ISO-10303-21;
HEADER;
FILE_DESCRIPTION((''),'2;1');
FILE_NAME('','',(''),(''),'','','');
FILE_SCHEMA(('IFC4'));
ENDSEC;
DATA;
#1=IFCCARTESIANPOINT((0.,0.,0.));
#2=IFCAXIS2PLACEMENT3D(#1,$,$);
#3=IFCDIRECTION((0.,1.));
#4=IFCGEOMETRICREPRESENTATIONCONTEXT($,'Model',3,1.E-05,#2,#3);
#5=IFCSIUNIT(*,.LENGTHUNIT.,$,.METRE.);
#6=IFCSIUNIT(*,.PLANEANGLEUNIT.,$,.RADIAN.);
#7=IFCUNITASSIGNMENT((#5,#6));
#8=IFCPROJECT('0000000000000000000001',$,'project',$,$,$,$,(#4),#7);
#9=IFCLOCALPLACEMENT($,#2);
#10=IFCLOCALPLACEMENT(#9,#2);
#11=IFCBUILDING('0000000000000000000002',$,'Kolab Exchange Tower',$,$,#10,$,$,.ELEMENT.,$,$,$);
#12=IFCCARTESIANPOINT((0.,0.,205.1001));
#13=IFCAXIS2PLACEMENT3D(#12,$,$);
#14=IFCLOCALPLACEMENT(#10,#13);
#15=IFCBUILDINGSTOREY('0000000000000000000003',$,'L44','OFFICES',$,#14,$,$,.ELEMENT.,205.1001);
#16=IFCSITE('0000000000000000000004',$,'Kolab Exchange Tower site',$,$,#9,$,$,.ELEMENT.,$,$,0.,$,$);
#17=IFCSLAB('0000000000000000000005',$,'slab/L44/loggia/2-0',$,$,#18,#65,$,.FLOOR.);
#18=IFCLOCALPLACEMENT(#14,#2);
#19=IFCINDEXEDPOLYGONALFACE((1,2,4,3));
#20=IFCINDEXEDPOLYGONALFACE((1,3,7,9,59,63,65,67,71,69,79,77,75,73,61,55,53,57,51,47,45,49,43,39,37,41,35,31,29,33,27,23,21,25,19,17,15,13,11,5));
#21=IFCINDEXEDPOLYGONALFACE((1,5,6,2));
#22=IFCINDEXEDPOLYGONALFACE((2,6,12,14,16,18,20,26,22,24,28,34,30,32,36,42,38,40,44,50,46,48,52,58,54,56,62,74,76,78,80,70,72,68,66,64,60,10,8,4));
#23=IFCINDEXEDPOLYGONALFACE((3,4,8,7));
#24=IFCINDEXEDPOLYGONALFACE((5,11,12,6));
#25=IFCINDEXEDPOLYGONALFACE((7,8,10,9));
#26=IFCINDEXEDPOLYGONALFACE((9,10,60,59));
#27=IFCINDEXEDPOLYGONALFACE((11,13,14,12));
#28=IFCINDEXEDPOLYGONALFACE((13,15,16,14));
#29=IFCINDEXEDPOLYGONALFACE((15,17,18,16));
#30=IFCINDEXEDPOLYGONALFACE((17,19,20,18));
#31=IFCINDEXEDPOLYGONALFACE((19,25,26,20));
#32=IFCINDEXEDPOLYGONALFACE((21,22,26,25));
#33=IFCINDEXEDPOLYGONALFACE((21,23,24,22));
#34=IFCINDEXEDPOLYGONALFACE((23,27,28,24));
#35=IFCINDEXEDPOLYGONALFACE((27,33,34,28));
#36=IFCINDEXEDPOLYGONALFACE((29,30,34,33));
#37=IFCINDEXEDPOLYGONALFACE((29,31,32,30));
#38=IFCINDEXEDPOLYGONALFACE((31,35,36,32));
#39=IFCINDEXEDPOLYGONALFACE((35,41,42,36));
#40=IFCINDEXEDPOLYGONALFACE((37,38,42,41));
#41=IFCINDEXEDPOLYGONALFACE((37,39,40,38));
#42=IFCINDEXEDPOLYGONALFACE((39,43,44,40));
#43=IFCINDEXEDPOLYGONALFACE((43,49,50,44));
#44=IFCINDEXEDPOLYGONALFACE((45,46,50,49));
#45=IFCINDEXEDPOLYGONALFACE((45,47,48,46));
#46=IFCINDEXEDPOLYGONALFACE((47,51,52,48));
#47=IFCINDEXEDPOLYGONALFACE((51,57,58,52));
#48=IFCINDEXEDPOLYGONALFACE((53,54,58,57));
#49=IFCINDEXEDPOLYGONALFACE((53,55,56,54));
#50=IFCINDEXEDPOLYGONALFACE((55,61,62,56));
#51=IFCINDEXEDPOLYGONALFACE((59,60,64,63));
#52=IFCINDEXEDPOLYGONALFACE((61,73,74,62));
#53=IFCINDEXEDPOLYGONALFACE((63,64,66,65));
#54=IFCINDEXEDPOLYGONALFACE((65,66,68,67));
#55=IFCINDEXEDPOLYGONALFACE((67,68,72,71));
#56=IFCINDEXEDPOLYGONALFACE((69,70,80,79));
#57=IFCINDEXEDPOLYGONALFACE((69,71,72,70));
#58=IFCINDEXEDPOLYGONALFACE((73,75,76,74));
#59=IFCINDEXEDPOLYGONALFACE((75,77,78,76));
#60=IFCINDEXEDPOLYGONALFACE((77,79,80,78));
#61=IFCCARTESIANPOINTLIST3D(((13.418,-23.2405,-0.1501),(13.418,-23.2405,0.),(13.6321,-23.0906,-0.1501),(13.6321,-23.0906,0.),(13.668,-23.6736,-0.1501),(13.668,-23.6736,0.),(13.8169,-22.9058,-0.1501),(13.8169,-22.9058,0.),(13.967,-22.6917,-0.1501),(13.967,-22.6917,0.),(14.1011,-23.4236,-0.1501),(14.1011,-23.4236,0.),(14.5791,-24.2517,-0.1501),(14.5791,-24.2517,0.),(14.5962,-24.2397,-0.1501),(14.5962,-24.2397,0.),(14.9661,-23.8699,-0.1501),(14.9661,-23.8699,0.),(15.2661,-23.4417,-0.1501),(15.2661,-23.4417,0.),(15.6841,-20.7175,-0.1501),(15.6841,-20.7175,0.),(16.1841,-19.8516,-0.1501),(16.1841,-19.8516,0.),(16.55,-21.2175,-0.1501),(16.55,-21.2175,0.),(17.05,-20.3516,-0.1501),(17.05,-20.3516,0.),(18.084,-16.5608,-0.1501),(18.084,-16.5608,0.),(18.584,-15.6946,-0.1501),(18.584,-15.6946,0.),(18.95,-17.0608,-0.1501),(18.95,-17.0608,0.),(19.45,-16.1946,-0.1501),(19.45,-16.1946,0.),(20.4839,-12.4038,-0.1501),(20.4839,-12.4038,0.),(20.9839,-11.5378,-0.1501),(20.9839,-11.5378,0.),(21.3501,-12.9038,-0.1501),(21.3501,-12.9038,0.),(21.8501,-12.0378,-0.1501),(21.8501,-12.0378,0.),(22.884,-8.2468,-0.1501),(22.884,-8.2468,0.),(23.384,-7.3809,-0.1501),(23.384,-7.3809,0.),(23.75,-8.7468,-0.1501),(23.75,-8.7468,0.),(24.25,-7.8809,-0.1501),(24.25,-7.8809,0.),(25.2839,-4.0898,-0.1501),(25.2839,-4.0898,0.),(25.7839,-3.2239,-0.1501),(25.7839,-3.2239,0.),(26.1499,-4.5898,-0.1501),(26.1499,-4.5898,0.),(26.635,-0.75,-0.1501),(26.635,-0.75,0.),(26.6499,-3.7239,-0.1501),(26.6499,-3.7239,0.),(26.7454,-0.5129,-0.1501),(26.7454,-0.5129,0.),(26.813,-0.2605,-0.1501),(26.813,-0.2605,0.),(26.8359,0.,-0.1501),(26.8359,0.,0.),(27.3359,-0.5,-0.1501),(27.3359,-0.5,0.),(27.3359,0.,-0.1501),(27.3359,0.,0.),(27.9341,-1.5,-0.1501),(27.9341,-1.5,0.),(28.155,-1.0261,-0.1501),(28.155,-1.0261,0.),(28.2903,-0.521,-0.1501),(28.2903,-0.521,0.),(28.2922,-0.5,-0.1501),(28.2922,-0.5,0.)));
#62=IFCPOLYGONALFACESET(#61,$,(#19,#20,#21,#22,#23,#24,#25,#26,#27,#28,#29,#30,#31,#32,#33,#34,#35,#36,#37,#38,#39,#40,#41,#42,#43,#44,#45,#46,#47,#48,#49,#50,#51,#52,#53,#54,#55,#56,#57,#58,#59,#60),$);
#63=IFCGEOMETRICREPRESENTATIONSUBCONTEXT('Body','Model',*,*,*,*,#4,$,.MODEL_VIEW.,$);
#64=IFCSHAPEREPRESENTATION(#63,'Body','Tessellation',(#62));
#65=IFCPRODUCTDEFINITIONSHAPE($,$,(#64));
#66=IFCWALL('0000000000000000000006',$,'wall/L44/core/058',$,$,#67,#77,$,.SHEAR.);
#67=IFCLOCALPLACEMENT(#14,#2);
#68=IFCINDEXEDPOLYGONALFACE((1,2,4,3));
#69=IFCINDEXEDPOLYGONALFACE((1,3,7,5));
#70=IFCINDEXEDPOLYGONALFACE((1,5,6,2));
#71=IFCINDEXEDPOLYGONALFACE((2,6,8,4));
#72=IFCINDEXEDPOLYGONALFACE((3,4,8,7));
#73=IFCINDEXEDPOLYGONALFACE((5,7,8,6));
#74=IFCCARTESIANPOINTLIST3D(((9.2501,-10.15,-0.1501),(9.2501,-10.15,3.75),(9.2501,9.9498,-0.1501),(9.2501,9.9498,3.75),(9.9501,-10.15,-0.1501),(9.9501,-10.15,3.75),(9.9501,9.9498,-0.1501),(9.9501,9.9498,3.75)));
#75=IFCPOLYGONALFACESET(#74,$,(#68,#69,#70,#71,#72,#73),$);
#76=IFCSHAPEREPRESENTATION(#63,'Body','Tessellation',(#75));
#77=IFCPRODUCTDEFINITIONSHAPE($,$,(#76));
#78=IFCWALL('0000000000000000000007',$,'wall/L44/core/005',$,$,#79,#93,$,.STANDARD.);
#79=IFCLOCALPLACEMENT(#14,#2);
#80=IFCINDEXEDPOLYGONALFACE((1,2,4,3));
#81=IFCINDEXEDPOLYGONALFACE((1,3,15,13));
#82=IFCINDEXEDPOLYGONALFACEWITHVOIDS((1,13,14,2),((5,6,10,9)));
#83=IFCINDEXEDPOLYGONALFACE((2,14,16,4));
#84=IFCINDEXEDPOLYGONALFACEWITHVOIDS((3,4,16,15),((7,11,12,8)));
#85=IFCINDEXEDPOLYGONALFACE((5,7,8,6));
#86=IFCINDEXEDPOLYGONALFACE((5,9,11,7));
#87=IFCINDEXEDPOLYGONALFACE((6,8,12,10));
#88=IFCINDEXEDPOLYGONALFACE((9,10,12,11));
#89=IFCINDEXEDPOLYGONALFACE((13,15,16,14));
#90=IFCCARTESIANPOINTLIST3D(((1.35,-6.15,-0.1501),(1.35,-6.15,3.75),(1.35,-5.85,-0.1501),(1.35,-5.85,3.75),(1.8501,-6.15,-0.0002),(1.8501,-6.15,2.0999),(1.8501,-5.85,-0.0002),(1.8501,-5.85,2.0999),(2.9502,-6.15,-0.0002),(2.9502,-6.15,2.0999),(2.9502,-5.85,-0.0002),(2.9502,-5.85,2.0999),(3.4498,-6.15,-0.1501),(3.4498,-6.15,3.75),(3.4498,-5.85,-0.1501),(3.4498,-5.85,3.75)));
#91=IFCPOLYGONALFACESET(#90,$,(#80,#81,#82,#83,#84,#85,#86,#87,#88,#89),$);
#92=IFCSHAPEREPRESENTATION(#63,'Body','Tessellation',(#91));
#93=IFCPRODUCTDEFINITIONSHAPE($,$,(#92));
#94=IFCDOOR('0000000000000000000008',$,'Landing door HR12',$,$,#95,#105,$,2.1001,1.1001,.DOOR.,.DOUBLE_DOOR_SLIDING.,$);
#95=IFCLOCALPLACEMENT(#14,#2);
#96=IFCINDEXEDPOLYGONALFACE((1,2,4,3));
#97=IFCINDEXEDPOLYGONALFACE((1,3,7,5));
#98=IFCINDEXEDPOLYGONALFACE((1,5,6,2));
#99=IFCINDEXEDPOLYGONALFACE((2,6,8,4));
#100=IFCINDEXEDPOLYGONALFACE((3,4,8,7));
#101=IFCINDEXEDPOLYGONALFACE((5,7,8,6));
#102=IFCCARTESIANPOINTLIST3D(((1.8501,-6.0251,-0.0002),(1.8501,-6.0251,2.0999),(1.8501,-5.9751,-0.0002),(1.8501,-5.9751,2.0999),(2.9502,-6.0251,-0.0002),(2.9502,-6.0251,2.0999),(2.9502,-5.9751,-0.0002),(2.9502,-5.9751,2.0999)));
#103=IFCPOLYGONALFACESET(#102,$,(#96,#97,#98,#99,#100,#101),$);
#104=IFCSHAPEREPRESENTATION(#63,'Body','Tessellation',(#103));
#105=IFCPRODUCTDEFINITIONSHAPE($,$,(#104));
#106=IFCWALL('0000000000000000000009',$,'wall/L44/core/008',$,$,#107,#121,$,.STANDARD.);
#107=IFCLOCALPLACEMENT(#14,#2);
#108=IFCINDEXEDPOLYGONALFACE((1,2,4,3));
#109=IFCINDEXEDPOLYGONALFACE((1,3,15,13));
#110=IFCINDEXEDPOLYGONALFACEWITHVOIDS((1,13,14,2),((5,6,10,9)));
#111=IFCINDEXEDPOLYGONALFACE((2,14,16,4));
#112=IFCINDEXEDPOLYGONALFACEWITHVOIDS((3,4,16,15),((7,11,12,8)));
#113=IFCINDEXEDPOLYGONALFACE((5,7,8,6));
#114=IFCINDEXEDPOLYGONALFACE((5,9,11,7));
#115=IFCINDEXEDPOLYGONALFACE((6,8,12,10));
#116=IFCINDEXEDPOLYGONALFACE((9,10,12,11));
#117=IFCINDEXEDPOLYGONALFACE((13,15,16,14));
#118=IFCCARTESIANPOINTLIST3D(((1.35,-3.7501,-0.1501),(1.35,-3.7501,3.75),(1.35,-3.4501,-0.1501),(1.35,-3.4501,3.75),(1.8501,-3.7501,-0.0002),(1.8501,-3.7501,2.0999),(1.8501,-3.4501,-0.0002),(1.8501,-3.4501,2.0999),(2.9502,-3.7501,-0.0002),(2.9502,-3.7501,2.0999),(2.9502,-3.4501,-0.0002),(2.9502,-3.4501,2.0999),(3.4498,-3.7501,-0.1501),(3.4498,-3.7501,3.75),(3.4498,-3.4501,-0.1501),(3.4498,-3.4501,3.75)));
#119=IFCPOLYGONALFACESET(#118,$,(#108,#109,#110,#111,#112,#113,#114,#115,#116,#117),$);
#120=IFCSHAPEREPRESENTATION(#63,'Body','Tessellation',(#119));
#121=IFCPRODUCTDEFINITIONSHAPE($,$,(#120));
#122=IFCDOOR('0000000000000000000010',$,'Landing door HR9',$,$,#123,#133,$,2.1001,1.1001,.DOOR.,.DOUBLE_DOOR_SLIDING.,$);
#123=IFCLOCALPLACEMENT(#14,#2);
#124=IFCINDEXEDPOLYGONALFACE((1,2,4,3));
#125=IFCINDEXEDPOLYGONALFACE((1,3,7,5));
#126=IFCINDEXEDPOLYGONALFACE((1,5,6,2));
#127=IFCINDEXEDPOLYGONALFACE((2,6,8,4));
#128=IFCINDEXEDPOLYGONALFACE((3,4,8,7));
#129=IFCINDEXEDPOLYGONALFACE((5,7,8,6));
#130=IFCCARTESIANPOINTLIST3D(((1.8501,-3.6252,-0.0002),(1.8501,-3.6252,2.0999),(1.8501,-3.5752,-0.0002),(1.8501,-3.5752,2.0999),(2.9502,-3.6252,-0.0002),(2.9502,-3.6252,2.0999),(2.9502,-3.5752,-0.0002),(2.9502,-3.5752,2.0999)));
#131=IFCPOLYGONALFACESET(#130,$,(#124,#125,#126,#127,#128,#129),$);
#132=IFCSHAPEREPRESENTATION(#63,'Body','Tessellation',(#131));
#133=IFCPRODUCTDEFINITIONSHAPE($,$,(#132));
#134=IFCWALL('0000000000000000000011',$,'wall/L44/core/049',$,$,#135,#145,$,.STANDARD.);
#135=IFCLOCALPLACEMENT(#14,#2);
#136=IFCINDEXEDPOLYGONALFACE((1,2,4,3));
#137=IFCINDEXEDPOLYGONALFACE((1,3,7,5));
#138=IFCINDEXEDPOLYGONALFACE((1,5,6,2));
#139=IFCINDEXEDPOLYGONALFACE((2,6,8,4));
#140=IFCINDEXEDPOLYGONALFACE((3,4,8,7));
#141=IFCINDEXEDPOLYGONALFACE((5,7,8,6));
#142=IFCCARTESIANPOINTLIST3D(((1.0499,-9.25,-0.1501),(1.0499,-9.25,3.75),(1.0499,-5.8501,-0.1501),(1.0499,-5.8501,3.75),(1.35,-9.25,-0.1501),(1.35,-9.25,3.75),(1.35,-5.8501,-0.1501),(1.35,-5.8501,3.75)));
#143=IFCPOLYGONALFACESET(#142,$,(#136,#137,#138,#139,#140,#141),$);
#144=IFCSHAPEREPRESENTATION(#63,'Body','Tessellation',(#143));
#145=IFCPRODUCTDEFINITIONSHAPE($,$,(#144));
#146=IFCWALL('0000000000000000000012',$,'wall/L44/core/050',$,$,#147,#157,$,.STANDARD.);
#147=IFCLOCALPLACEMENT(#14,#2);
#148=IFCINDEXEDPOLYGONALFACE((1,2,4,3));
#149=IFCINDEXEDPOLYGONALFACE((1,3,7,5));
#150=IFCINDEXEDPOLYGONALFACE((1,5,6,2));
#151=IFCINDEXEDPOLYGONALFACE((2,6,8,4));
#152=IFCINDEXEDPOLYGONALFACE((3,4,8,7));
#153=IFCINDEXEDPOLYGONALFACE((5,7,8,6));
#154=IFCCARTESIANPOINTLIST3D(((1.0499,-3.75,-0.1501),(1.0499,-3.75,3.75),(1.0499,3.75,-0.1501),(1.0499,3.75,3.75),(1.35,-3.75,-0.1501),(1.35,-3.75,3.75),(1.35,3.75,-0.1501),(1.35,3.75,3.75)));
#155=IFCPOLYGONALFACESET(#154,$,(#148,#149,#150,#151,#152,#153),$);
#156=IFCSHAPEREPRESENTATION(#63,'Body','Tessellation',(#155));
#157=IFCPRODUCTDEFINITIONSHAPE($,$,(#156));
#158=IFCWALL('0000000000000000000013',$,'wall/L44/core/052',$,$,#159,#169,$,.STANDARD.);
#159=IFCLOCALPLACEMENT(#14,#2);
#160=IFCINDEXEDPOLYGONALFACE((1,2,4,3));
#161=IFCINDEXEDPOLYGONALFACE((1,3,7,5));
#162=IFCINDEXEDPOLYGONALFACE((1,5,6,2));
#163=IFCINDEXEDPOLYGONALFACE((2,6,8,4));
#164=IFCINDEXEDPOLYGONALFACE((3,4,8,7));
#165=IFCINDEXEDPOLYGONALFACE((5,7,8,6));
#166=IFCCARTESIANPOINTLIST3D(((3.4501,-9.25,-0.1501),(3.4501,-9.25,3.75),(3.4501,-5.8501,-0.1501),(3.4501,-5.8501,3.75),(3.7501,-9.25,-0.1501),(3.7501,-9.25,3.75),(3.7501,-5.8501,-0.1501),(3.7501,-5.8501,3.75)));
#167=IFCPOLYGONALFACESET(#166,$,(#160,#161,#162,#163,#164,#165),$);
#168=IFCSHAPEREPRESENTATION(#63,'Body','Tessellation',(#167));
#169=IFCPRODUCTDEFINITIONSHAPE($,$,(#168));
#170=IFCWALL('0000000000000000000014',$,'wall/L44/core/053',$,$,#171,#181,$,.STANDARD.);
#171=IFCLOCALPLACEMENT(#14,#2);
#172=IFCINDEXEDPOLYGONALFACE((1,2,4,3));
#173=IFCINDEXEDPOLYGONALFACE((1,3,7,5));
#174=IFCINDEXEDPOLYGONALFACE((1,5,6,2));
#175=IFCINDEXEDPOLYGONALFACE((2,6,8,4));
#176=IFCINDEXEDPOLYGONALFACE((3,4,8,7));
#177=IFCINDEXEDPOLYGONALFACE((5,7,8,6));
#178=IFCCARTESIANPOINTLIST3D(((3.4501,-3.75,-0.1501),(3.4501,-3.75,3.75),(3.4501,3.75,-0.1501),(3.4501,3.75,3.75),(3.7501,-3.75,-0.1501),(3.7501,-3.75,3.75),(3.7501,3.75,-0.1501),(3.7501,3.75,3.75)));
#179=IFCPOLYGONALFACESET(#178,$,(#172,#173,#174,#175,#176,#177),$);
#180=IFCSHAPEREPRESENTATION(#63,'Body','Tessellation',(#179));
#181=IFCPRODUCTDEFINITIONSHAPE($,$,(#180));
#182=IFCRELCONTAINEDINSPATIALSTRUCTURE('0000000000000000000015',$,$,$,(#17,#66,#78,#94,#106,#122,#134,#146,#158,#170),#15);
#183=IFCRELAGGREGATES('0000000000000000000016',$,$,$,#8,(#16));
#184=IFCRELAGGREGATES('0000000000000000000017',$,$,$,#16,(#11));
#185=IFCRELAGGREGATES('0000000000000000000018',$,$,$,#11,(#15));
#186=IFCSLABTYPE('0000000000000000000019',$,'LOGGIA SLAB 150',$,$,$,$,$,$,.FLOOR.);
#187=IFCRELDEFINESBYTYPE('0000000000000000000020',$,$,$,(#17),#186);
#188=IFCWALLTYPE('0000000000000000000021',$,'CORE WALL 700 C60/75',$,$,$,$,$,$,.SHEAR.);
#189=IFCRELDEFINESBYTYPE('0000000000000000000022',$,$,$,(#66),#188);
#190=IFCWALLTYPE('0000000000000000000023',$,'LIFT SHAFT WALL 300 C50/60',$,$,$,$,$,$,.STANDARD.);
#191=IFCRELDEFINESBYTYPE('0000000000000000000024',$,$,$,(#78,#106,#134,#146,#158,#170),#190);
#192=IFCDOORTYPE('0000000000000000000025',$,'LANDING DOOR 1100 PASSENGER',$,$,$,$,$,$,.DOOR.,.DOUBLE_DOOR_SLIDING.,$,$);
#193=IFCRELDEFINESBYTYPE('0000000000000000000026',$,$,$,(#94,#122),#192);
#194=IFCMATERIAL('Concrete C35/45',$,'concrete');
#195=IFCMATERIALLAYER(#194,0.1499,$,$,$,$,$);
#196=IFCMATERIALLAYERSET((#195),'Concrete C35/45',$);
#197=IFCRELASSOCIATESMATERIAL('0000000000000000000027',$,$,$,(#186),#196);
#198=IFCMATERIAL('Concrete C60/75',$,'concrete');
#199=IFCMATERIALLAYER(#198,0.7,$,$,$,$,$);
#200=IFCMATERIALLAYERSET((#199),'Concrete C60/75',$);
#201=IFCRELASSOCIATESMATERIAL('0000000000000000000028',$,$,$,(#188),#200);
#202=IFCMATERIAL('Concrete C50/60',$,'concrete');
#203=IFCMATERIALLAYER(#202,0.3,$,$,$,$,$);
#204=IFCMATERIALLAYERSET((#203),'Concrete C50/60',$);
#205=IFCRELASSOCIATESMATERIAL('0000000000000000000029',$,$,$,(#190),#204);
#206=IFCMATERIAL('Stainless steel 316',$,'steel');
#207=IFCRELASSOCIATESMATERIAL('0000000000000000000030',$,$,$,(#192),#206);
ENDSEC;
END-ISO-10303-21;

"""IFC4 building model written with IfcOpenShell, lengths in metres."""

from ifc_helpers import new_model, si_unit, direction, frame, frame_2d, origin, place, context, subcontext, project, spatial, polyline, rectangle, outline, extrude, material, layer, layer_set, type_object, element, fill, save


model = new_model("IFC4")

# Units and contexts
model_context = context("Model", 3, precision=1e-05, world=origin(), true_north=direction((0.0, 1.0)))
body_context = subcontext(model_context, "Body", "Model", "MODEL_VIEW")
ifc_project = project(units=[si_unit("LENGTHUNIT", "METRE"), si_unit("PLANEANGLEUNIT", "RADIAN")], contexts=[model_context])

# Site, building, storey
site_placement = place(None, origin())
site = spatial("IfcSite", under=ifc_project, at=site_placement, Name="Kolab Exchange Tower site", CompositionType="ELEMENT", RefElevation=0.0)
building_placement = place(site_placement, origin())
building = spatial("IfcBuilding", under=site, at=building_placement, Name="Kolab Exchange Tower", CompositionType="ELEMENT")
storey_placement = place(building_placement, frame((0.0, 0.0, 205.1001)))
storey = spatial("IfcBuildingStorey", under=building, at=storey_placement, Name="L44", Description="OFFICES", CompositionType="ELEMENT", Elevation=205.1001)

# Slab
ifc_material_1 = material(Name="Concrete C35/45", Category="concrete")
ifc_layer_1 = layer(ifc_material_1, 0.1499)
ifc_layer_set_1 = layer_set([ifc_layer_1], Name="Concrete C35/45")
slab_type_1 = type_object("IfcSlabType", Name="LOGGIA SLAB 150", PredefinedType="FLOOR", material=ifc_layer_set_1)
slab_1_placement = place(storey_placement, frame((0.0, 0.0, -0.1501)))
element("IfcSlab", 1, at=slab_1_placement, inside=storey, type_object=slab_type_1, Name="slab/L44/loggia/2-0", PredefinedType="FLOOR", context=body_context, shape_type="SweptSolid", body=[
    extrude(outline(polyline([(15.2661, -23.4417), (16.55, -21.2175), (15.6841, -20.7175), (16.1841, -19.8516), (17.05, -20.3516), (18.95, -17.0608), (18.084, -16.5608), (18.584, -15.6946), (19.45, -16.1946), (21.3501, -12.9038), (20.4839, -12.4038), (20.9839, -11.5378), (21.8501, -12.0378), (23.75, -8.7468), (22.884, -8.2468), (23.384, -7.3809), (24.25, -7.8809), (26.1499, -4.5898), (25.2839, -4.0898), (25.7839, -3.2239), (26.6499, -3.7239), (27.9341, -1.5), (28.155, -1.0261), (28.2903, -0.521), (28.2922, -0.5), (27.3359, -0.5), (27.3359, 0.0), (26.8359, 0.0), (26.813, -0.2605), (26.7454, -0.5129), (26.635, -0.75), (13.967, -22.6917), (13.8169, -22.9058), (13.6321, -23.0906), (13.418, -23.2405), (13.668, -23.6736), (14.1011, -23.4236), (14.5791, -24.2517), (14.5962, -24.2397), (14.9661, -23.8699), (15.2661, -23.4417)])), origin(), (0.0, 0.0, 1.0), 0.1501),
])

# Wall
ifc_material_2 = material(Name="Concrete C60/75", Category="concrete")
ifc_layer_2 = layer(ifc_material_2, 0.7)
ifc_layer_set_2 = layer_set([ifc_layer_2], Name="Concrete C60/75")
wall_type_1 = type_object("IfcWallType", Name="CORE WALL 700 C60/75", PredefinedType="SHEAR", material=ifc_layer_set_2)
wall_1_placement = place(storey_placement, frame((9.6001, -10.1499, -0.1501), z_axis=(0.0, 0.0, 1.0), x_axis=(0.0, 1.0, 0.0)))
element("IfcWall", 2, at=wall_1_placement, inside=storey, type_object=wall_type_1, Name="wall/L44/core/058", PredefinedType="SHEAR", context=body_context, shape_type="SweptSolid", body=[
    extrude(rectangle(XDim=20.0999, YDim=0.7, at=frame_2d((10.0498, 0.0))), origin(), (0.0, 0.0, 1.0), 3.9001),
])

# Walls, openings, doors
ifc_material_3 = material(Name="Concrete C50/60", Category="concrete")
ifc_layer_3 = layer(ifc_material_3, 0.3)
ifc_layer_set_3 = layer_set([ifc_layer_3], Name="Concrete C50/60")
wall_type_2 = type_object("IfcWallType", Name="LIFT SHAFT WALL 300 C50/60", PredefinedType="STANDARD", material=ifc_layer_set_3)
wall_2_placement = place(storey_placement, frame((1.3501, -6.0, -0.1501), z_axis=(0.0, 0.0, 1.0), x_axis=(1.0, 0.0, 0.0)))
wall_2 = element("IfcWall", 3, at=wall_2_placement, inside=storey, type_object=wall_type_2, Name="wall/L44/core/005", PredefinedType="STANDARD", context=body_context, shape_type="SweptSolid", body=[
    extrude(rectangle(XDim=2.0999, YDim=0.3, at=frame_2d((1.0498, 0.0))), origin(), (0.0, 0.0, 1.0), 3.9001),
])
opening_1_placement = place(wall_2_placement, frame((0.5, 0.0, 0.1499)))
opening_1 = element("IfcOpeningElement", 4, at=opening_1_placement, cuts=wall_2, PredefinedType="OPENING", context=body_context, shape_type="SweptSolid", body=[
    extrude(rectangle(XDim=1.1001, YDim=2.1001, at=frame_2d((0.55, 1.05))), frame((0.0, 0.1602, 0.0), z_axis=(0.0, -1.0, 0.0), x_axis=(1.0, 0.0, 0.0)), (0.0, 0.0, 1.0), 0.3201),
])
ifc_material_4 = material(Name="Stainless steel 316", Category="steel")
door_type_1 = type_object("IfcDoorType", Name="LANDING DOOR 1100 PASSENGER", OperationType="DOUBLE_DOOR_SLIDING", PredefinedType="DOOR", material=ifc_material_4)
door_1_placement = place(opening_1_placement, origin())
door_1 = element("IfcDoor", 5, at=door_1_placement, inside=storey, type_object=door_type_1, Name="Landing door HR12", OperationType="DOUBLE_DOOR_SLIDING", OverallHeight=2.1001, OverallWidth=1.1001, PredefinedType="DOOR", context=body_context, shape_type="SweptSolid", body=[
    extrude(rectangle(XDim=1.1001, YDim=2.1001, at=frame_2d((0.55, 1.05))), frame((0.0, 0.0249, 0.0), z_axis=(0.0, -1.0, 0.0), x_axis=(1.0, 0.0, 0.0)), (0.0, 0.0, 1.0), 0.05),
])
fill(opening_1, door_1)
wall_3_placement = place(storey_placement, frame((1.3501, -3.6001, -0.1501), z_axis=(0.0, 0.0, 1.0), x_axis=(1.0, 0.0, 0.0)))
wall_3 = element("IfcWall", 6, at=wall_3_placement, inside=storey, type_object=wall_type_2, Name="wall/L44/core/008", PredefinedType="STANDARD", context=body_context, shape_type="SweptSolid", body=[
    extrude(rectangle(XDim=2.0999, YDim=0.3, at=frame_2d((1.0498, 0.0))), origin(), (0.0, 0.0, 1.0), 3.9001),
])
opening_2_placement = place(wall_3_placement, frame((0.5, 0.0, 0.1499)))
opening_2 = element("IfcOpeningElement", 7, at=opening_2_placement, cuts=wall_3, PredefinedType="OPENING", context=body_context, shape_type="SweptSolid", body=[
    extrude(rectangle(XDim=1.1001, YDim=2.1001, at=frame_2d((0.55, 1.05))), frame((0.0, 0.1602, 0.0), z_axis=(0.0, -1.0, 0.0), x_axis=(1.0, 0.0, 0.0)), (0.0, 0.0, 1.0), 0.3201),
])
door_2_placement = place(opening_2_placement, origin())
door_2 = element("IfcDoor", 8, at=door_2_placement, inside=storey, type_object=door_type_1, Name="Landing door HR9", OperationType="DOUBLE_DOOR_SLIDING", OverallHeight=2.1001, OverallWidth=1.1001, PredefinedType="DOOR", context=body_context, shape_type="SweptSolid", body=[
    extrude(rectangle(XDim=1.1001, YDim=2.1001, at=frame_2d((0.55, 1.05))), frame((0.0, 0.0249, 0.0), z_axis=(0.0, -1.0, 0.0), x_axis=(1.0, 0.0, 0.0)), (0.0, 0.0, 1.0), 0.05),
])
fill(opening_2, door_2)

# Walls
wall_4_placement = place(storey_placement, frame((1.2, -9.25, -0.1501), z_axis=(0.0, 0.0, 1.0), x_axis=(0.0, 1.0, 0.0)))
element("IfcWall", 9, at=wall_4_placement, inside=storey, type_object=wall_type_2, Name="wall/L44/core/049", PredefinedType="STANDARD", context=body_context, shape_type="SweptSolid", body=[
    extrude(rectangle(XDim=3.3999, YDim=0.3, at=frame_2d((1.7, 0.0))), origin(), (0.0, 0.0, 1.0), 3.9001),
])
wall_5_placement = place(storey_placement, frame((1.2, -3.75, -0.1501), z_axis=(0.0, 0.0, 1.0), x_axis=(0.0, 1.0, 0.0)))
element("IfcWall", 10, at=wall_5_placement, inside=storey, type_object=wall_type_2, Name="wall/L44/core/050", PredefinedType="STANDARD", context=body_context, shape_type="SweptSolid", body=[
    extrude(rectangle(XDim=7.5, YDim=0.3, at=frame_2d((3.75, 0.0))), origin(), (0.0, 0.0, 1.0), 3.9001),
])
wall_6_placement = place(storey_placement, frame((3.6001, -9.25, -0.1501), z_axis=(0.0, 0.0, 1.0), x_axis=(0.0, 1.0, 0.0)))
element("IfcWall", 11, at=wall_6_placement, inside=storey, type_object=wall_type_2, Name="wall/L44/core/052", PredefinedType="STANDARD", context=body_context, shape_type="SweptSolid", body=[
    extrude(rectangle(XDim=3.3999, YDim=0.3, at=frame_2d((1.7, 0.0))), origin(), (0.0, 0.0, 1.0), 3.9001),
])
wall_7_placement = place(storey_placement, frame((3.6001, -3.75, -0.1501), z_axis=(0.0, 0.0, 1.0), x_axis=(0.0, 1.0, 0.0)))
element("IfcWall", 12, at=wall_7_placement, inside=storey, type_object=wall_type_2, Name="wall/L44/core/053", PredefinedType="STANDARD", context=body_context, shape_type="SweptSolid", body=[
    extrude(rectangle(XDim=7.5, YDim=0.3, at=frame_2d((3.75, 0.0))), origin(), (0.0, 0.0, 1.0), 3.9001),
])

save(model, "model.ifc")
